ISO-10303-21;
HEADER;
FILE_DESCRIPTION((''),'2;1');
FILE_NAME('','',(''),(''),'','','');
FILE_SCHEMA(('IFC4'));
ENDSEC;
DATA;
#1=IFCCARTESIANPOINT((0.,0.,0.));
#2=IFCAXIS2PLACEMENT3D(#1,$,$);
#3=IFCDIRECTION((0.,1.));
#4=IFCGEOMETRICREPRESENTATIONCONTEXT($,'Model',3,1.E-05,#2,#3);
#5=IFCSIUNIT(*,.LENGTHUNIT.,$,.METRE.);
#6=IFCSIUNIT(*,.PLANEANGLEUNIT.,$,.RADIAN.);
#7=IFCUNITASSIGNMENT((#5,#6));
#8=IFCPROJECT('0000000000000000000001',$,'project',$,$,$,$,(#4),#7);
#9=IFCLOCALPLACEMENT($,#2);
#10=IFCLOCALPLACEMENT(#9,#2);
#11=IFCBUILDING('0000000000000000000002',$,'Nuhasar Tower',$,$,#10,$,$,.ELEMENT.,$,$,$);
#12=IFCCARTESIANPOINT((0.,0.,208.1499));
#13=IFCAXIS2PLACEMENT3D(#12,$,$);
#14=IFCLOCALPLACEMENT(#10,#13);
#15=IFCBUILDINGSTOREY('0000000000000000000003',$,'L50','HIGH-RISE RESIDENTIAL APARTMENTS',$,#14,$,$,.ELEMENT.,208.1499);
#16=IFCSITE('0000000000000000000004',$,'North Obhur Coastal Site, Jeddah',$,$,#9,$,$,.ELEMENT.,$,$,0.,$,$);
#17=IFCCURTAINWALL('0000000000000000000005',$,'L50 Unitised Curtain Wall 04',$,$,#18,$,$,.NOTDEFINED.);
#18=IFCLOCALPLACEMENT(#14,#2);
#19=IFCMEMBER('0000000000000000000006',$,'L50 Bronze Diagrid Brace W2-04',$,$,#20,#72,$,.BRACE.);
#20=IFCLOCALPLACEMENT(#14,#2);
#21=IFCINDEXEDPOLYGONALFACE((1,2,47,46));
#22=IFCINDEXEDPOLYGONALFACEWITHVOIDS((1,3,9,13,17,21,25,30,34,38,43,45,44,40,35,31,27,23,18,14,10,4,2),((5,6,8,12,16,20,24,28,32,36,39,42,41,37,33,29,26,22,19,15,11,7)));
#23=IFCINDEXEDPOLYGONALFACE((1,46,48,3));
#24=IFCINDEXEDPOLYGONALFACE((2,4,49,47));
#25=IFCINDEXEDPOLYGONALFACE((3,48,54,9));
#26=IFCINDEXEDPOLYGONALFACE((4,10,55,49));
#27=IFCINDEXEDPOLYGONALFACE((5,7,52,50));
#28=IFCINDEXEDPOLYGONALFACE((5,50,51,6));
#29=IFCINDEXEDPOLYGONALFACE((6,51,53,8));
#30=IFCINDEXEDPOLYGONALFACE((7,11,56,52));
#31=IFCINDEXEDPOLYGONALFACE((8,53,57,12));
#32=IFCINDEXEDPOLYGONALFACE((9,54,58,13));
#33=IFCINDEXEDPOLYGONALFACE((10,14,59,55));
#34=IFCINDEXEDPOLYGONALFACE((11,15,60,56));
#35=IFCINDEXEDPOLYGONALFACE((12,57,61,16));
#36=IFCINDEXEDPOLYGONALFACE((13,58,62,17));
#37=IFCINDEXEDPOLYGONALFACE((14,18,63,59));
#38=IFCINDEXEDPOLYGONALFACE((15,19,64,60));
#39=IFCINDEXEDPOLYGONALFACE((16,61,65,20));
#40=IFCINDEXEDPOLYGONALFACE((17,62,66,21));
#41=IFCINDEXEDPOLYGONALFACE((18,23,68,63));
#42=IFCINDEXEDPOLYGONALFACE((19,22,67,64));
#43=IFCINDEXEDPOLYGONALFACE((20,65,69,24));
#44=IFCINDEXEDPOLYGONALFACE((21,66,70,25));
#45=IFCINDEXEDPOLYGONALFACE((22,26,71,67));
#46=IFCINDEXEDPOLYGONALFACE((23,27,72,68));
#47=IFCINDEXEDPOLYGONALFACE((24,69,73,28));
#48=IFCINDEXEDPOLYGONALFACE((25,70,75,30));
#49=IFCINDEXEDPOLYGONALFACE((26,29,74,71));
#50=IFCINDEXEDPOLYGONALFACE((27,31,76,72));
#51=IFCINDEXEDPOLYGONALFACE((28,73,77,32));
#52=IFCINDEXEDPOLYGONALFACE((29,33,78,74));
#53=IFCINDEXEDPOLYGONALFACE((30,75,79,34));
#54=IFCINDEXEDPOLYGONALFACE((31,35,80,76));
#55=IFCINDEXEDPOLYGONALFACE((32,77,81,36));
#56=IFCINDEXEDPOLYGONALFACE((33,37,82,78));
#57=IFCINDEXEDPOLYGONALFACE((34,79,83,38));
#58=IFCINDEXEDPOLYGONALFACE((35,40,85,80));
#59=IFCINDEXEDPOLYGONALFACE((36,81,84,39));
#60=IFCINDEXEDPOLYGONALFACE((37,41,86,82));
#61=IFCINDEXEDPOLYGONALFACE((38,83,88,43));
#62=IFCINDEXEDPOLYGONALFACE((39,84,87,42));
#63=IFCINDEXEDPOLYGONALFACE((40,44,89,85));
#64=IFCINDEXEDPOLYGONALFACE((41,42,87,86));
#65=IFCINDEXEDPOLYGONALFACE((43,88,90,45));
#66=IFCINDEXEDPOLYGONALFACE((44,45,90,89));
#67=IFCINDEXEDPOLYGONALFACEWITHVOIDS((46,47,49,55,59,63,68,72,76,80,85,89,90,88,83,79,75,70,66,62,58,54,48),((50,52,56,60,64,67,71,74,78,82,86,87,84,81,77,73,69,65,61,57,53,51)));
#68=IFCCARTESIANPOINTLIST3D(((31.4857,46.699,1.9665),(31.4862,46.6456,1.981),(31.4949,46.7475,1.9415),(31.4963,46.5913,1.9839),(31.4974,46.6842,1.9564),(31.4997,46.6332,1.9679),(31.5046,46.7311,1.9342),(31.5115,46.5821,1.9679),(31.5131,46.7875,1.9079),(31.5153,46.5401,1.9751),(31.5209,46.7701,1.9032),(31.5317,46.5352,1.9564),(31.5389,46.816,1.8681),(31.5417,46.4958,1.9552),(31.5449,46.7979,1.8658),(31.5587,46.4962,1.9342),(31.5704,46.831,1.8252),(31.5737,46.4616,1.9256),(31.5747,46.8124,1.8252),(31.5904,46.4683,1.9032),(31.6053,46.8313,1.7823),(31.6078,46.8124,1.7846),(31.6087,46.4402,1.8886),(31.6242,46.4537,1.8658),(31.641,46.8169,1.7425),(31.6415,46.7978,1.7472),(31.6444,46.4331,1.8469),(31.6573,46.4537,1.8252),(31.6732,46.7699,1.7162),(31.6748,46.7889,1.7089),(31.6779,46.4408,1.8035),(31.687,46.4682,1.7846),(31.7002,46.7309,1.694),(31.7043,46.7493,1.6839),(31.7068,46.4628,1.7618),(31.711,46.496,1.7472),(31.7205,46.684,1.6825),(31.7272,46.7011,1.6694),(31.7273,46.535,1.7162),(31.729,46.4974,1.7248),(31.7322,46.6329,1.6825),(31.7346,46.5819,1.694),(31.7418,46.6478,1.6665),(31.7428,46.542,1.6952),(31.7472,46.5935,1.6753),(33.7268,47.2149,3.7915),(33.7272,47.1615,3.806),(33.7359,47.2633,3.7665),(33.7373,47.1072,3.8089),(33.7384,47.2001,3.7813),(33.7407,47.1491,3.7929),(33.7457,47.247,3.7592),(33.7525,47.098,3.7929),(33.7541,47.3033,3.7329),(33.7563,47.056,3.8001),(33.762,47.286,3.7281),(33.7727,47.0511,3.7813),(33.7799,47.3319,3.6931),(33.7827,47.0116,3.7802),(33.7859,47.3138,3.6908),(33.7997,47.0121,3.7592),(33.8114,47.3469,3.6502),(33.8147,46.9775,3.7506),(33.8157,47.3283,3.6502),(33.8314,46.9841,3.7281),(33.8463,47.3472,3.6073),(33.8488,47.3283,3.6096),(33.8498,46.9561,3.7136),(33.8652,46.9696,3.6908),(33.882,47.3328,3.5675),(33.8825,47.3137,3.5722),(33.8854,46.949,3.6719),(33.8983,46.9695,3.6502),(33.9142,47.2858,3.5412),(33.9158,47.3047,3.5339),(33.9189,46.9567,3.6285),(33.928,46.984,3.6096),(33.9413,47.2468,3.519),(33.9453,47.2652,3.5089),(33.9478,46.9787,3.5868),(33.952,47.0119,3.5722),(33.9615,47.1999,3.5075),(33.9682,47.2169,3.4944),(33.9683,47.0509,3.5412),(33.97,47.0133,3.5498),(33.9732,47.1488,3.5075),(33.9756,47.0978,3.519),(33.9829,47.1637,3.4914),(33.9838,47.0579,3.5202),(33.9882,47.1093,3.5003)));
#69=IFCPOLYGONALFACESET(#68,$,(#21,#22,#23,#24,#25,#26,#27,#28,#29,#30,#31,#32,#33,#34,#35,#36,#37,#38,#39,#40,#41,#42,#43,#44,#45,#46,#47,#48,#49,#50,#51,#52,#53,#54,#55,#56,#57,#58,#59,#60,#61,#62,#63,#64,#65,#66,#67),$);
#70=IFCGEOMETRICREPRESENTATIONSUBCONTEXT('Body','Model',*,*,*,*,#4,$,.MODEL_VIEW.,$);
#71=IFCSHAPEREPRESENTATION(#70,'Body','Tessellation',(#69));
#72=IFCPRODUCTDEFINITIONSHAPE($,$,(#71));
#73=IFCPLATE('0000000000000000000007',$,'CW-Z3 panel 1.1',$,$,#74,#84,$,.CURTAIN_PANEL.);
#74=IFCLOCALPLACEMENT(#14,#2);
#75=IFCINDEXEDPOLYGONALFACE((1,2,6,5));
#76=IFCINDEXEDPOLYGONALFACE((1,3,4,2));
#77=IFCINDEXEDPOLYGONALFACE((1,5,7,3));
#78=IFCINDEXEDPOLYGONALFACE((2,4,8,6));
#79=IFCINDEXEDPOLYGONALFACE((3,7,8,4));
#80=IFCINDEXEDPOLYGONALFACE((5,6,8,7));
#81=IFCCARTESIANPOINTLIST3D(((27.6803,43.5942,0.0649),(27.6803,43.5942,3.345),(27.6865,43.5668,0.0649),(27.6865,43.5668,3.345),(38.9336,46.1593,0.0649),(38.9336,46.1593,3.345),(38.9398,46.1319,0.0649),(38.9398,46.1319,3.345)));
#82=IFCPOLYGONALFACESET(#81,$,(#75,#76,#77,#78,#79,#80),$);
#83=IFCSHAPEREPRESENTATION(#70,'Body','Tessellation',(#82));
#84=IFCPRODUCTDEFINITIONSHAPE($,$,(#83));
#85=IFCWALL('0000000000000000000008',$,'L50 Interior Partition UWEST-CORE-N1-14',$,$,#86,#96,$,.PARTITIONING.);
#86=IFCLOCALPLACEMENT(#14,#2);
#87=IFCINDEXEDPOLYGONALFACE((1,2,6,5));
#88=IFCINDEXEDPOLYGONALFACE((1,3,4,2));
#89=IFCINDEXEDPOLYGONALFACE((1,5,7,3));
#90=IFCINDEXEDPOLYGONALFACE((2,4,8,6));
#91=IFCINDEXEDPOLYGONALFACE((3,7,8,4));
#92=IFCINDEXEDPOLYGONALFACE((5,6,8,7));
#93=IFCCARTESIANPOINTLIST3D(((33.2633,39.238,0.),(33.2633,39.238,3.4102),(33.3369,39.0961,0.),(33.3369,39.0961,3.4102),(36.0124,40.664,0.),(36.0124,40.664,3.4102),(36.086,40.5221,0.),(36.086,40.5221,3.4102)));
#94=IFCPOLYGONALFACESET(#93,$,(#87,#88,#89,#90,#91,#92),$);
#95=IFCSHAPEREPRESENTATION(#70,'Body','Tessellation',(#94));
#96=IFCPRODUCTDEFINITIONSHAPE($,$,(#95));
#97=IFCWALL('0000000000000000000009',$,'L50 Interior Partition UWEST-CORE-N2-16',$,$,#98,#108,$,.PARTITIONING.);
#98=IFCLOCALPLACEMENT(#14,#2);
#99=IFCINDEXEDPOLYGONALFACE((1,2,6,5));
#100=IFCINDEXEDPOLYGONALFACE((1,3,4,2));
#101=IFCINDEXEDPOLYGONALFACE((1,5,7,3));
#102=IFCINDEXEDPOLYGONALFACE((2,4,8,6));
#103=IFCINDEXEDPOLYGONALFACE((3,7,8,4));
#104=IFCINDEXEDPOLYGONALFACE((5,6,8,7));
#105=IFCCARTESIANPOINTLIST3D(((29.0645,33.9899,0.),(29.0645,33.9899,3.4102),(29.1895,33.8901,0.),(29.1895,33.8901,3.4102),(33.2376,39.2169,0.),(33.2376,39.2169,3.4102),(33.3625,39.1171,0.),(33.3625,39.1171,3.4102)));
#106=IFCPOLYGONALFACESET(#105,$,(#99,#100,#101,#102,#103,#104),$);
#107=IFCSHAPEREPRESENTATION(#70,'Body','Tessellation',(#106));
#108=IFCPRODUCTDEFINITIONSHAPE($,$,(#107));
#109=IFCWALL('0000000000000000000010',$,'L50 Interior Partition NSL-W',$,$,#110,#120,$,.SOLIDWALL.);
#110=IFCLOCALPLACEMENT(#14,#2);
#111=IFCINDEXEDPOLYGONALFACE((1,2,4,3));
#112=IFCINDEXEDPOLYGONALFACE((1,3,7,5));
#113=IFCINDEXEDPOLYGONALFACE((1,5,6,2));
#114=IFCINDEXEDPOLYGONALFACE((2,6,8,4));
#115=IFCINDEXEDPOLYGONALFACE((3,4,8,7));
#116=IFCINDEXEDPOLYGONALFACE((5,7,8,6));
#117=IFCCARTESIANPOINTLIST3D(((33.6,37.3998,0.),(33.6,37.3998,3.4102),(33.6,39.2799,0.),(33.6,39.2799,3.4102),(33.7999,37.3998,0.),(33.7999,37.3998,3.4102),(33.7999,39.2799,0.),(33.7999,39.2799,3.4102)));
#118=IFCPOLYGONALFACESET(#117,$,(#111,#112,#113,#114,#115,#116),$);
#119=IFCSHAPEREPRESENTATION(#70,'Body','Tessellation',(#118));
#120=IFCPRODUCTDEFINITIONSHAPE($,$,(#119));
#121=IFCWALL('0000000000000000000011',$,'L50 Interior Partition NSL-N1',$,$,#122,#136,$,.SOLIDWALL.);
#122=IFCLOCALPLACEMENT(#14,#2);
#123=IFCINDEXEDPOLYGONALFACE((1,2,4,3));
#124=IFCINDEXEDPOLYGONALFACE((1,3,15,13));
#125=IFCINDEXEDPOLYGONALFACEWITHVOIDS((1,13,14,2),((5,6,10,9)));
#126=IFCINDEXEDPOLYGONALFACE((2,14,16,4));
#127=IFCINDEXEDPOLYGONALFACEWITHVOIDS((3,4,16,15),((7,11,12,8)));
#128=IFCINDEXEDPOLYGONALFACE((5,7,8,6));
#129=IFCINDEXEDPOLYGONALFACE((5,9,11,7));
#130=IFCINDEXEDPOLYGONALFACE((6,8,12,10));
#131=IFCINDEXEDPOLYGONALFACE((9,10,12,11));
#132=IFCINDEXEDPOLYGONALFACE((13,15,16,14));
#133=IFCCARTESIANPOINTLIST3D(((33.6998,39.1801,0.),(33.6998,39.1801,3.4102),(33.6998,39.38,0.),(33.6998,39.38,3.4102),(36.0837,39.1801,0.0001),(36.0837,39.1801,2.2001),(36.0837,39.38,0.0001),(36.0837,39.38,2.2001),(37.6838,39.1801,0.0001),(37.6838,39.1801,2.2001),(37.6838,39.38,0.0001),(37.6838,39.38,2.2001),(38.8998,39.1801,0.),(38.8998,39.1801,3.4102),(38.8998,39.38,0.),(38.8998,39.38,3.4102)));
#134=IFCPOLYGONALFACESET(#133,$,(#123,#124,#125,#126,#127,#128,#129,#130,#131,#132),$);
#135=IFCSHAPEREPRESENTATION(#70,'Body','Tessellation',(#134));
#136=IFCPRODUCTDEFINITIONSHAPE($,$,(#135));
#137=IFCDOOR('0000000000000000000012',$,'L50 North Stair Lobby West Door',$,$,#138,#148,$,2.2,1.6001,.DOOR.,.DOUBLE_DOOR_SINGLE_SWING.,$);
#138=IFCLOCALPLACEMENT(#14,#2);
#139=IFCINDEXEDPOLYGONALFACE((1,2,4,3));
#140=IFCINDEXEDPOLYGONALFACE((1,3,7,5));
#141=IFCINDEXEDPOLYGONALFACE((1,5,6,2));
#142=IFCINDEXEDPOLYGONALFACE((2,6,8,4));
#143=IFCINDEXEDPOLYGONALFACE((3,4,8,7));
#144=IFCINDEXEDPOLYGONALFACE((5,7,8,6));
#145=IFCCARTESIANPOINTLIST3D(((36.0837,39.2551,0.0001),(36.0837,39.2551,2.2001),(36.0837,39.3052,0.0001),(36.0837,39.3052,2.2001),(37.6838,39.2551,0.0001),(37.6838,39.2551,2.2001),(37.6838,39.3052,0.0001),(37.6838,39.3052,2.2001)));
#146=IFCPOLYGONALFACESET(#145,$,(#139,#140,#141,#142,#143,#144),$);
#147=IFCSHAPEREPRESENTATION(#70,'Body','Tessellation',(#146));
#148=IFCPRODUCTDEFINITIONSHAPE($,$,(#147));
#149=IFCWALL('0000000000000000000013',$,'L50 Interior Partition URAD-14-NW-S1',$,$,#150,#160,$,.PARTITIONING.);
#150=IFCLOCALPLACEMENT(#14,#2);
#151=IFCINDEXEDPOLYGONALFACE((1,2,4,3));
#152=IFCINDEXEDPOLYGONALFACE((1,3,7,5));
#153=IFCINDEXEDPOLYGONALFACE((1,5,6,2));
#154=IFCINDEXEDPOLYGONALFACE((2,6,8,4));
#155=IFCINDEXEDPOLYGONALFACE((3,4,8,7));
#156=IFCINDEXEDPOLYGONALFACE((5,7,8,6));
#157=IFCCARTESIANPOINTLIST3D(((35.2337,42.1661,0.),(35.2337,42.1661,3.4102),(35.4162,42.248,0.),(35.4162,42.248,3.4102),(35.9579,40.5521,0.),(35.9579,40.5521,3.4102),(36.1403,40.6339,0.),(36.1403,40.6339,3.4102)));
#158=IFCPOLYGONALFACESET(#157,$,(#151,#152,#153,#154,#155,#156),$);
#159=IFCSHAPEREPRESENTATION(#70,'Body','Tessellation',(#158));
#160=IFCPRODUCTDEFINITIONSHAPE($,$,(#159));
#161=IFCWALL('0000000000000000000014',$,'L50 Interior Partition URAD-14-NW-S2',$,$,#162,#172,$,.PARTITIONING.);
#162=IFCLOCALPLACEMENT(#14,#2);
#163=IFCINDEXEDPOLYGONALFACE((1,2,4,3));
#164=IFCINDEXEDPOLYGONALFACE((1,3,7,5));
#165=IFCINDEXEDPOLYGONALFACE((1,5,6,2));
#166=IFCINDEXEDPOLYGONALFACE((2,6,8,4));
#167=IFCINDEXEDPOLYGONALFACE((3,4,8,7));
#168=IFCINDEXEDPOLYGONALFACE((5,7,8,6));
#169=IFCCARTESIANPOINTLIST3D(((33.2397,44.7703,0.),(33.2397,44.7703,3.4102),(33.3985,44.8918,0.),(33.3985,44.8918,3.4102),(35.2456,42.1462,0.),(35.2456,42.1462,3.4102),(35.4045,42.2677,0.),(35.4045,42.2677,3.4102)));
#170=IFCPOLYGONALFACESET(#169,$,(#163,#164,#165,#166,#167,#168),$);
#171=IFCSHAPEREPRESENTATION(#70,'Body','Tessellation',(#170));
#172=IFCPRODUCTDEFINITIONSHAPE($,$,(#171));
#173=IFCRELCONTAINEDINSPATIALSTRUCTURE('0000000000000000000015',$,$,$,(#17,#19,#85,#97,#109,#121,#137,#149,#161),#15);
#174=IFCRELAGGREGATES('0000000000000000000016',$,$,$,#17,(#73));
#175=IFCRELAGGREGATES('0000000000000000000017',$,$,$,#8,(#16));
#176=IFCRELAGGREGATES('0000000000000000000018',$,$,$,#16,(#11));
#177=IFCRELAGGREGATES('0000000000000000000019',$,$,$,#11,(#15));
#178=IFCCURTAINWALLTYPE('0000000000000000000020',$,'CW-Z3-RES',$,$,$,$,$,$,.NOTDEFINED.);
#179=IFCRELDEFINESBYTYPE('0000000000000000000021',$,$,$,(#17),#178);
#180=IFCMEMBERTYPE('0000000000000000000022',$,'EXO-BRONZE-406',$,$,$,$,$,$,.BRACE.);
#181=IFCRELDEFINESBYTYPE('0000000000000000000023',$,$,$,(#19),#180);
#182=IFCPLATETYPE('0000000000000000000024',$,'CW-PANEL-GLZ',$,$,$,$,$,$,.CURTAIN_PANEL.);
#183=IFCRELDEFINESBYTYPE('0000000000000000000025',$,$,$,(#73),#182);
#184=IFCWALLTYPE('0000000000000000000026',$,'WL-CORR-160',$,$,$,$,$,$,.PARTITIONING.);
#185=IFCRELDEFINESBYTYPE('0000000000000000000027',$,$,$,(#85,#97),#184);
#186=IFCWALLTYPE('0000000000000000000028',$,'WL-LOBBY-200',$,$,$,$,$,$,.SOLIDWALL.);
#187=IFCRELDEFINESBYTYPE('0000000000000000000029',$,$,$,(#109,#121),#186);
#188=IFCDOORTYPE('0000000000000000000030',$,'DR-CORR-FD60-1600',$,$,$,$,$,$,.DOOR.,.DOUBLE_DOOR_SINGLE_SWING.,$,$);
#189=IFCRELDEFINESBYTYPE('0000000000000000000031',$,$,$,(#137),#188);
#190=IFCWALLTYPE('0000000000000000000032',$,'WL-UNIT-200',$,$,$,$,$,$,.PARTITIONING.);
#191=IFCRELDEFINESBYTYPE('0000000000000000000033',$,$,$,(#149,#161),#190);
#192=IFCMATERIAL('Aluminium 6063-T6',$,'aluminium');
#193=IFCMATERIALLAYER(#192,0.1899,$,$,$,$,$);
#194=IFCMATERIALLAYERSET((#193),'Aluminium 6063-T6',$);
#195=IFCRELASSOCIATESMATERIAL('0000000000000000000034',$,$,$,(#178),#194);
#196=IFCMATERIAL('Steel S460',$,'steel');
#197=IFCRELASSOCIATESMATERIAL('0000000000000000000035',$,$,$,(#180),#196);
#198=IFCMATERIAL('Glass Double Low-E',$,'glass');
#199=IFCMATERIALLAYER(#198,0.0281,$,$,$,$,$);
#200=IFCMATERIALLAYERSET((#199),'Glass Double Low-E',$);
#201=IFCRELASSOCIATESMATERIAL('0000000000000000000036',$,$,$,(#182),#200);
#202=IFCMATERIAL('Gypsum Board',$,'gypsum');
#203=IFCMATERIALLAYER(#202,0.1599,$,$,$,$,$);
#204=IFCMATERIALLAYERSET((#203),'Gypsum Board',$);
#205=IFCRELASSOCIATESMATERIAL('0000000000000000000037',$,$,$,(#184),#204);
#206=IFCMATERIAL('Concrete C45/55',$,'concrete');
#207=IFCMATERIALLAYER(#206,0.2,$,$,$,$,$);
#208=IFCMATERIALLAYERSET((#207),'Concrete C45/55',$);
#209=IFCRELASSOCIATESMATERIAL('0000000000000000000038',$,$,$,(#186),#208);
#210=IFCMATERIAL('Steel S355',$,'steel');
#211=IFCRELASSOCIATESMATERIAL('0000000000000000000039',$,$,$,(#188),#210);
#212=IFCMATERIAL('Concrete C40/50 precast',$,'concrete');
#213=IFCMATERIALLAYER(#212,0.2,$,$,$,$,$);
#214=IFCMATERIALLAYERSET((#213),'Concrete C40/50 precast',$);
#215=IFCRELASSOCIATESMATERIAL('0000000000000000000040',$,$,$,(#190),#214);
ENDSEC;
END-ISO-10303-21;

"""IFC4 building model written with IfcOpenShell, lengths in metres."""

from ifc_helpers import new_model, si_unit, direction, frame, frame_2d, origin, origin_2d, place, context, subcontext, project, spatial, rectangle, hollow_circle, extrude, material, layer, layer_set, material_profile, profile_set, type_object, element, fill, aggregate, save


model = new_model("IFC4")

# Units and contexts
model_context = context("Model", 3, precision=1e-05, world=origin(), true_north=direction((0.0, 1.0)))
body_context = subcontext(model_context, "Body", "Model", "MODEL_VIEW")
ifc_project = project(units=[si_unit("LENGTHUNIT", "METRE"), si_unit("PLANEANGLEUNIT", "RADIAN")], contexts=[model_context])

# Site, building, storey
site_placement = place(None, origin())
site = spatial("IfcSite", under=ifc_project, at=site_placement, Name="North Obhur Coastal Site, Jeddah", CompositionType="ELEMENT", RefElevation=0.0)
building_placement = place(site_placement, origin())
building = spatial("IfcBuilding", under=site, at=building_placement, Name="Nuhasar Tower", CompositionType="ELEMENT")
storey_placement = place(building_placement, frame((0.0, 0.0, 208.1499)))
storey = spatial("IfcBuildingStorey", under=building, at=storey_placement, Name="L50", Description="HIGH-RISE RESIDENTIAL APARTMENTS", CompositionType="ELEMENT", Elevation=208.1499)

# Shared definitions
ifc_material_1 = material(Name="Steel S355", Category="steel")

# Curtain wall
ifc_material_2 = material(Name="Aluminium 6063-T6", Category="aluminium")
ifc_layer_1 = layer(ifc_material_2, 0.1899)
ifc_layer_set_1 = layer_set([ifc_layer_1], Name="Aluminium 6063-T6")
curtain_wall_type = type_object("IfcCurtainWallType", Name="CW-Z3-RES", PredefinedType="NOTDEFINED", material=ifc_layer_set_1)
curtain_wall_placement = place(storey_placement, origin())
curtain_wall = element("IfcCurtainWall", 1, at=curtain_wall_placement, inside=storey, type_object=curtain_wall_type, Name="L50 Unitised Curtain Wall 04", PredefinedType="NOTDEFINED")

# Member
ifc_material_3 = material(Name="Steel S460", Category="steel")
ifc_material_profile_1 = material_profile(ifc_material_3, hollow_circle(Radius=0.2031, WallThickness=0.019, at=origin_2d()), Name="HSS406.4X19.1")
ifc_profile_set_1 = profile_set([ifc_material_profile_1], Name="Steel S460")
member_type_1 = type_object("IfcMemberType", Name="EXO-BRONZE-406", PredefinedType="BRACE", material=ifc_profile_set_1)
for number, where, z_axis, x_axis, name in (
    (2, (31.616, 46.6331, 1.8252), (0.763343, 0.175721, 0.621635), (-0.224332, 0.974513, 0.0), "L50 Bronze Diagrid Brace W2-04"),
):
    element("IfcMember", number, at=place(storey_placement, frame(where, z_axis=z_axis, x_axis=x_axis)), inside=storey, type_object=member_type_1, Name=name, PredefinedType="BRACE", context=body_context, shape_type="SweptSolid", body=[
        extrude(hollow_circle(Radius=0.2031, WallThickness=0.019, at=origin_2d()), origin(), (0.0, 0.0, 1.0), 2.9358),
    ])

# Plate
ifc_material_4 = material(Name="Glass Double Low-E", Category="glass")
ifc_layer_2 = layer(ifc_material_4, 0.0281)
ifc_layer_set_2 = layer_set([ifc_layer_2], Name="Glass Double Low-E")
plate_type = type_object("IfcPlateType", Name="CW-PANEL-GLZ", PredefinedType="CURTAIN_PANEL", material=ifc_layer_set_2)
plate_placement = place(storey_placement, frame((33.3101, 44.863, 0.0649), z_axis=(0.0, 0.0, 1.0), x_axis=(-0.974991, -0.222243, 0.0)))
plate = element("IfcPlate", 3, at=plate_placement, type_object=plate_type, Name="CW-Z3 panel 1.1", PredefinedType="CURTAIN_PANEL", context=body_context, shape_type="SweptSolid", body=[
    extrude(rectangle(XDim=11.542, YDim=0.0281, at=origin_2d()), origin(), (0.0, 0.0, 1.0), 3.28),
])
aggregate(curtain_wall, [plate])

# Walls
ifc_material_5 = material(Name="Gypsum Board", Category="gypsum")
ifc_layer_3 = layer(ifc_material_5, 0.1599)
ifc_layer_set_3 = layer_set([ifc_layer_3], Name="Gypsum Board")
wall_type_1 = type_object("IfcWallType", Name="WL-CORR-160", PredefinedType="PARTITIONING", material=ifc_layer_set_3)
wall_1_placement = place(storey_placement, frame((36.0491, 40.593, 0.0), z_axis=(0.0, 0.0, 1.0), x_axis=(-0.887675, -0.460471, 0.0)))
element("IfcWall", 4, at=wall_1_placement, inside=storey, type_object=wall_type_1, Name="L50 Interior Partition UWEST-CORE-N1-14", PredefinedType="PARTITIONING", context=body_context, shape_type="SweptSolid", body=[
    extrude(rectangle(XDim=3.0969, YDim=0.1599, at=frame_2d((1.5483, 0.0))), origin(), (0.0, 0.0, 1.0), 3.4102),
])
wall_2_placement = place(storey_placement, frame((33.3, 39.167, 0.0), z_axis=(0.0, 0.0, 1.0), x_axis=(-0.623916, -0.781492, 0.0)))
element("IfcWall", 5, at=wall_2_placement, inside=storey, type_object=wall_type_1, Name="L50 Interior Partition UWEST-CORE-N2-16", PredefinedType="PARTITIONING", context=body_context, shape_type="SweptSolid", body=[
    extrude(rectangle(XDim=6.6885, YDim=0.1599, at=frame_2d((3.3442, 0.0))), origin(), (0.0, 0.0, 1.0), 3.4102),
])
ifc_material_6 = material(Name="Concrete C45/55", Category="concrete")
ifc_layer_4 = layer(ifc_material_6, 0.2)
ifc_layer_set_4 = layer_set([ifc_layer_4], Name="Concrete C45/55")
wall_type_2 = type_object("IfcWallType", Name="WL-LOBBY-200", PredefinedType="SOLIDWALL", material=ifc_layer_set_4)
wall_3_placement = place(storey_placement, frame((33.7, 37.3999, 0.0), z_axis=(0.0, 0.0, 1.0), x_axis=(0.0, 1.0, 0.0)))
element("IfcWall", 6, at=wall_3_placement, inside=storey, type_object=wall_type_2, Name="L50 Interior Partition NSL-W", PredefinedType="SOLIDWALL", context=body_context, shape_type="SweptSolid", body=[
    extrude(rectangle(XDim=1.8801, YDim=0.2, at=frame_2d((0.9399, 0.0))), origin(), (0.0, 0.0, 1.0), 3.4102),
])

# Wall, opening, door
wall_4_placement = place(storey_placement, frame((38.8999, 39.28, 0.0), z_axis=(0.0, 0.0, 1.0), x_axis=(-1.0, 0.0, 0.0)))
wall_4 = element("IfcWall", 7, at=wall_4_placement, inside=storey, type_object=wall_type_2, Name="L50 Interior Partition NSL-N1", PredefinedType="SOLIDWALL", context=body_context, shape_type="SweptSolid", body=[
    extrude(rectangle(XDim=5.2, YDim=0.2, at=frame_2d((2.6001, 0.0))), origin(), (0.0, 0.0, 1.0), 3.4102),
])
opening_1_placement = place(wall_4_placement, frame((1.2161, 0.0, 0.0)))
opening_1 = element("IfcOpeningElement", 8, at=opening_1_placement, cuts=wall_4, PredefinedType="OPENING", context=body_context, shape_type="SweptSolid", body=[
    extrude(rectangle(XDim=1.6001, YDim=2.2, at=frame_2d((0.8, 1.1001))), frame((0.0, 0.1099, 0.0), z_axis=(0.0, -1.0, 0.0), x_axis=(1.0, 0.0, 0.0)), (0.0, 0.0, 1.0), 0.22),
])
door_type_1 = type_object("IfcDoorType", Name="DR-CORR-FD60-1600", OperationType="DOUBLE_DOOR_SINGLE_SWING", PredefinedType="DOOR", material=ifc_material_1)
door_1_placement = place(opening_1_placement, origin())
door_1 = element("IfcDoor", 9, at=door_1_placement, inside=storey, type_object=door_type_1, Name="L50 North Stair Lobby West Door", OperationType="DOUBLE_DOOR_SINGLE_SWING", OverallHeight=2.2, OverallWidth=1.6001, PredefinedType="DOOR", context=body_context, shape_type="SweptSolid", body=[
    extrude(rectangle(XDim=1.6001, YDim=2.2, at=frame_2d((0.8, 1.1001))), frame((0.0, 0.0249, 0.0), z_axis=(0.0, -1.0, 0.0), x_axis=(1.0, 0.0, 0.0)), (0.0, 0.0, 1.0), 0.05),
])
fill(opening_1, door_1)

# Walls
ifc_material_7 = material(Name="Concrete C40/50 precast", Category="concrete")
ifc_layer_5 = layer(ifc_material_7, 0.2)
ifc_layer_set_5 = layer_set([ifc_layer_5], Name="Concrete C40/50 precast")
wall_type_3 = type_object("IfcWallType", Name="WL-UNIT-200", PredefinedType="PARTITIONING", material=ifc_layer_set_5)
wall_5_placement = place(storey_placement, frame((36.0491, 40.593, 0.0), z_axis=(0.0, 0.0, 1.0), x_axis=(-0.409337, 0.912383, 0.0)))
element("IfcWall", 10, at=wall_5_placement, inside=storey, type_object=wall_type_3, Name="L50 Interior Partition URAD-14-NW-S1", PredefinedType="PARTITIONING", context=body_context, shape_type="SweptSolid", body=[
    extrude(rectangle(XDim=1.769, YDim=0.2, at=frame_2d((0.8845, 0.0))), origin(), (0.0, 0.0, 1.0), 3.4102),
])
wall_6_placement = place(storey_placement, frame((35.325, 42.207, 0.0), z_axis=(0.0, 0.0, 1.0), x_axis=(-0.607307, 0.794467, 0.0)))
element("IfcWall", 11, at=wall_6_placement, inside=storey, type_object=wall_type_3, Name="L50 Interior Partition URAD-14-NW-S2", PredefinedType="PARTITIONING", context=body_context, shape_type="SweptSolid", body=[
    extrude(rectangle(XDim=3.303, YDim=0.2, at=frame_2d((1.6514, 0.0))), origin(), (0.0, 0.0, 1.0), 3.4102),
])

save(model, "model.ifc")
